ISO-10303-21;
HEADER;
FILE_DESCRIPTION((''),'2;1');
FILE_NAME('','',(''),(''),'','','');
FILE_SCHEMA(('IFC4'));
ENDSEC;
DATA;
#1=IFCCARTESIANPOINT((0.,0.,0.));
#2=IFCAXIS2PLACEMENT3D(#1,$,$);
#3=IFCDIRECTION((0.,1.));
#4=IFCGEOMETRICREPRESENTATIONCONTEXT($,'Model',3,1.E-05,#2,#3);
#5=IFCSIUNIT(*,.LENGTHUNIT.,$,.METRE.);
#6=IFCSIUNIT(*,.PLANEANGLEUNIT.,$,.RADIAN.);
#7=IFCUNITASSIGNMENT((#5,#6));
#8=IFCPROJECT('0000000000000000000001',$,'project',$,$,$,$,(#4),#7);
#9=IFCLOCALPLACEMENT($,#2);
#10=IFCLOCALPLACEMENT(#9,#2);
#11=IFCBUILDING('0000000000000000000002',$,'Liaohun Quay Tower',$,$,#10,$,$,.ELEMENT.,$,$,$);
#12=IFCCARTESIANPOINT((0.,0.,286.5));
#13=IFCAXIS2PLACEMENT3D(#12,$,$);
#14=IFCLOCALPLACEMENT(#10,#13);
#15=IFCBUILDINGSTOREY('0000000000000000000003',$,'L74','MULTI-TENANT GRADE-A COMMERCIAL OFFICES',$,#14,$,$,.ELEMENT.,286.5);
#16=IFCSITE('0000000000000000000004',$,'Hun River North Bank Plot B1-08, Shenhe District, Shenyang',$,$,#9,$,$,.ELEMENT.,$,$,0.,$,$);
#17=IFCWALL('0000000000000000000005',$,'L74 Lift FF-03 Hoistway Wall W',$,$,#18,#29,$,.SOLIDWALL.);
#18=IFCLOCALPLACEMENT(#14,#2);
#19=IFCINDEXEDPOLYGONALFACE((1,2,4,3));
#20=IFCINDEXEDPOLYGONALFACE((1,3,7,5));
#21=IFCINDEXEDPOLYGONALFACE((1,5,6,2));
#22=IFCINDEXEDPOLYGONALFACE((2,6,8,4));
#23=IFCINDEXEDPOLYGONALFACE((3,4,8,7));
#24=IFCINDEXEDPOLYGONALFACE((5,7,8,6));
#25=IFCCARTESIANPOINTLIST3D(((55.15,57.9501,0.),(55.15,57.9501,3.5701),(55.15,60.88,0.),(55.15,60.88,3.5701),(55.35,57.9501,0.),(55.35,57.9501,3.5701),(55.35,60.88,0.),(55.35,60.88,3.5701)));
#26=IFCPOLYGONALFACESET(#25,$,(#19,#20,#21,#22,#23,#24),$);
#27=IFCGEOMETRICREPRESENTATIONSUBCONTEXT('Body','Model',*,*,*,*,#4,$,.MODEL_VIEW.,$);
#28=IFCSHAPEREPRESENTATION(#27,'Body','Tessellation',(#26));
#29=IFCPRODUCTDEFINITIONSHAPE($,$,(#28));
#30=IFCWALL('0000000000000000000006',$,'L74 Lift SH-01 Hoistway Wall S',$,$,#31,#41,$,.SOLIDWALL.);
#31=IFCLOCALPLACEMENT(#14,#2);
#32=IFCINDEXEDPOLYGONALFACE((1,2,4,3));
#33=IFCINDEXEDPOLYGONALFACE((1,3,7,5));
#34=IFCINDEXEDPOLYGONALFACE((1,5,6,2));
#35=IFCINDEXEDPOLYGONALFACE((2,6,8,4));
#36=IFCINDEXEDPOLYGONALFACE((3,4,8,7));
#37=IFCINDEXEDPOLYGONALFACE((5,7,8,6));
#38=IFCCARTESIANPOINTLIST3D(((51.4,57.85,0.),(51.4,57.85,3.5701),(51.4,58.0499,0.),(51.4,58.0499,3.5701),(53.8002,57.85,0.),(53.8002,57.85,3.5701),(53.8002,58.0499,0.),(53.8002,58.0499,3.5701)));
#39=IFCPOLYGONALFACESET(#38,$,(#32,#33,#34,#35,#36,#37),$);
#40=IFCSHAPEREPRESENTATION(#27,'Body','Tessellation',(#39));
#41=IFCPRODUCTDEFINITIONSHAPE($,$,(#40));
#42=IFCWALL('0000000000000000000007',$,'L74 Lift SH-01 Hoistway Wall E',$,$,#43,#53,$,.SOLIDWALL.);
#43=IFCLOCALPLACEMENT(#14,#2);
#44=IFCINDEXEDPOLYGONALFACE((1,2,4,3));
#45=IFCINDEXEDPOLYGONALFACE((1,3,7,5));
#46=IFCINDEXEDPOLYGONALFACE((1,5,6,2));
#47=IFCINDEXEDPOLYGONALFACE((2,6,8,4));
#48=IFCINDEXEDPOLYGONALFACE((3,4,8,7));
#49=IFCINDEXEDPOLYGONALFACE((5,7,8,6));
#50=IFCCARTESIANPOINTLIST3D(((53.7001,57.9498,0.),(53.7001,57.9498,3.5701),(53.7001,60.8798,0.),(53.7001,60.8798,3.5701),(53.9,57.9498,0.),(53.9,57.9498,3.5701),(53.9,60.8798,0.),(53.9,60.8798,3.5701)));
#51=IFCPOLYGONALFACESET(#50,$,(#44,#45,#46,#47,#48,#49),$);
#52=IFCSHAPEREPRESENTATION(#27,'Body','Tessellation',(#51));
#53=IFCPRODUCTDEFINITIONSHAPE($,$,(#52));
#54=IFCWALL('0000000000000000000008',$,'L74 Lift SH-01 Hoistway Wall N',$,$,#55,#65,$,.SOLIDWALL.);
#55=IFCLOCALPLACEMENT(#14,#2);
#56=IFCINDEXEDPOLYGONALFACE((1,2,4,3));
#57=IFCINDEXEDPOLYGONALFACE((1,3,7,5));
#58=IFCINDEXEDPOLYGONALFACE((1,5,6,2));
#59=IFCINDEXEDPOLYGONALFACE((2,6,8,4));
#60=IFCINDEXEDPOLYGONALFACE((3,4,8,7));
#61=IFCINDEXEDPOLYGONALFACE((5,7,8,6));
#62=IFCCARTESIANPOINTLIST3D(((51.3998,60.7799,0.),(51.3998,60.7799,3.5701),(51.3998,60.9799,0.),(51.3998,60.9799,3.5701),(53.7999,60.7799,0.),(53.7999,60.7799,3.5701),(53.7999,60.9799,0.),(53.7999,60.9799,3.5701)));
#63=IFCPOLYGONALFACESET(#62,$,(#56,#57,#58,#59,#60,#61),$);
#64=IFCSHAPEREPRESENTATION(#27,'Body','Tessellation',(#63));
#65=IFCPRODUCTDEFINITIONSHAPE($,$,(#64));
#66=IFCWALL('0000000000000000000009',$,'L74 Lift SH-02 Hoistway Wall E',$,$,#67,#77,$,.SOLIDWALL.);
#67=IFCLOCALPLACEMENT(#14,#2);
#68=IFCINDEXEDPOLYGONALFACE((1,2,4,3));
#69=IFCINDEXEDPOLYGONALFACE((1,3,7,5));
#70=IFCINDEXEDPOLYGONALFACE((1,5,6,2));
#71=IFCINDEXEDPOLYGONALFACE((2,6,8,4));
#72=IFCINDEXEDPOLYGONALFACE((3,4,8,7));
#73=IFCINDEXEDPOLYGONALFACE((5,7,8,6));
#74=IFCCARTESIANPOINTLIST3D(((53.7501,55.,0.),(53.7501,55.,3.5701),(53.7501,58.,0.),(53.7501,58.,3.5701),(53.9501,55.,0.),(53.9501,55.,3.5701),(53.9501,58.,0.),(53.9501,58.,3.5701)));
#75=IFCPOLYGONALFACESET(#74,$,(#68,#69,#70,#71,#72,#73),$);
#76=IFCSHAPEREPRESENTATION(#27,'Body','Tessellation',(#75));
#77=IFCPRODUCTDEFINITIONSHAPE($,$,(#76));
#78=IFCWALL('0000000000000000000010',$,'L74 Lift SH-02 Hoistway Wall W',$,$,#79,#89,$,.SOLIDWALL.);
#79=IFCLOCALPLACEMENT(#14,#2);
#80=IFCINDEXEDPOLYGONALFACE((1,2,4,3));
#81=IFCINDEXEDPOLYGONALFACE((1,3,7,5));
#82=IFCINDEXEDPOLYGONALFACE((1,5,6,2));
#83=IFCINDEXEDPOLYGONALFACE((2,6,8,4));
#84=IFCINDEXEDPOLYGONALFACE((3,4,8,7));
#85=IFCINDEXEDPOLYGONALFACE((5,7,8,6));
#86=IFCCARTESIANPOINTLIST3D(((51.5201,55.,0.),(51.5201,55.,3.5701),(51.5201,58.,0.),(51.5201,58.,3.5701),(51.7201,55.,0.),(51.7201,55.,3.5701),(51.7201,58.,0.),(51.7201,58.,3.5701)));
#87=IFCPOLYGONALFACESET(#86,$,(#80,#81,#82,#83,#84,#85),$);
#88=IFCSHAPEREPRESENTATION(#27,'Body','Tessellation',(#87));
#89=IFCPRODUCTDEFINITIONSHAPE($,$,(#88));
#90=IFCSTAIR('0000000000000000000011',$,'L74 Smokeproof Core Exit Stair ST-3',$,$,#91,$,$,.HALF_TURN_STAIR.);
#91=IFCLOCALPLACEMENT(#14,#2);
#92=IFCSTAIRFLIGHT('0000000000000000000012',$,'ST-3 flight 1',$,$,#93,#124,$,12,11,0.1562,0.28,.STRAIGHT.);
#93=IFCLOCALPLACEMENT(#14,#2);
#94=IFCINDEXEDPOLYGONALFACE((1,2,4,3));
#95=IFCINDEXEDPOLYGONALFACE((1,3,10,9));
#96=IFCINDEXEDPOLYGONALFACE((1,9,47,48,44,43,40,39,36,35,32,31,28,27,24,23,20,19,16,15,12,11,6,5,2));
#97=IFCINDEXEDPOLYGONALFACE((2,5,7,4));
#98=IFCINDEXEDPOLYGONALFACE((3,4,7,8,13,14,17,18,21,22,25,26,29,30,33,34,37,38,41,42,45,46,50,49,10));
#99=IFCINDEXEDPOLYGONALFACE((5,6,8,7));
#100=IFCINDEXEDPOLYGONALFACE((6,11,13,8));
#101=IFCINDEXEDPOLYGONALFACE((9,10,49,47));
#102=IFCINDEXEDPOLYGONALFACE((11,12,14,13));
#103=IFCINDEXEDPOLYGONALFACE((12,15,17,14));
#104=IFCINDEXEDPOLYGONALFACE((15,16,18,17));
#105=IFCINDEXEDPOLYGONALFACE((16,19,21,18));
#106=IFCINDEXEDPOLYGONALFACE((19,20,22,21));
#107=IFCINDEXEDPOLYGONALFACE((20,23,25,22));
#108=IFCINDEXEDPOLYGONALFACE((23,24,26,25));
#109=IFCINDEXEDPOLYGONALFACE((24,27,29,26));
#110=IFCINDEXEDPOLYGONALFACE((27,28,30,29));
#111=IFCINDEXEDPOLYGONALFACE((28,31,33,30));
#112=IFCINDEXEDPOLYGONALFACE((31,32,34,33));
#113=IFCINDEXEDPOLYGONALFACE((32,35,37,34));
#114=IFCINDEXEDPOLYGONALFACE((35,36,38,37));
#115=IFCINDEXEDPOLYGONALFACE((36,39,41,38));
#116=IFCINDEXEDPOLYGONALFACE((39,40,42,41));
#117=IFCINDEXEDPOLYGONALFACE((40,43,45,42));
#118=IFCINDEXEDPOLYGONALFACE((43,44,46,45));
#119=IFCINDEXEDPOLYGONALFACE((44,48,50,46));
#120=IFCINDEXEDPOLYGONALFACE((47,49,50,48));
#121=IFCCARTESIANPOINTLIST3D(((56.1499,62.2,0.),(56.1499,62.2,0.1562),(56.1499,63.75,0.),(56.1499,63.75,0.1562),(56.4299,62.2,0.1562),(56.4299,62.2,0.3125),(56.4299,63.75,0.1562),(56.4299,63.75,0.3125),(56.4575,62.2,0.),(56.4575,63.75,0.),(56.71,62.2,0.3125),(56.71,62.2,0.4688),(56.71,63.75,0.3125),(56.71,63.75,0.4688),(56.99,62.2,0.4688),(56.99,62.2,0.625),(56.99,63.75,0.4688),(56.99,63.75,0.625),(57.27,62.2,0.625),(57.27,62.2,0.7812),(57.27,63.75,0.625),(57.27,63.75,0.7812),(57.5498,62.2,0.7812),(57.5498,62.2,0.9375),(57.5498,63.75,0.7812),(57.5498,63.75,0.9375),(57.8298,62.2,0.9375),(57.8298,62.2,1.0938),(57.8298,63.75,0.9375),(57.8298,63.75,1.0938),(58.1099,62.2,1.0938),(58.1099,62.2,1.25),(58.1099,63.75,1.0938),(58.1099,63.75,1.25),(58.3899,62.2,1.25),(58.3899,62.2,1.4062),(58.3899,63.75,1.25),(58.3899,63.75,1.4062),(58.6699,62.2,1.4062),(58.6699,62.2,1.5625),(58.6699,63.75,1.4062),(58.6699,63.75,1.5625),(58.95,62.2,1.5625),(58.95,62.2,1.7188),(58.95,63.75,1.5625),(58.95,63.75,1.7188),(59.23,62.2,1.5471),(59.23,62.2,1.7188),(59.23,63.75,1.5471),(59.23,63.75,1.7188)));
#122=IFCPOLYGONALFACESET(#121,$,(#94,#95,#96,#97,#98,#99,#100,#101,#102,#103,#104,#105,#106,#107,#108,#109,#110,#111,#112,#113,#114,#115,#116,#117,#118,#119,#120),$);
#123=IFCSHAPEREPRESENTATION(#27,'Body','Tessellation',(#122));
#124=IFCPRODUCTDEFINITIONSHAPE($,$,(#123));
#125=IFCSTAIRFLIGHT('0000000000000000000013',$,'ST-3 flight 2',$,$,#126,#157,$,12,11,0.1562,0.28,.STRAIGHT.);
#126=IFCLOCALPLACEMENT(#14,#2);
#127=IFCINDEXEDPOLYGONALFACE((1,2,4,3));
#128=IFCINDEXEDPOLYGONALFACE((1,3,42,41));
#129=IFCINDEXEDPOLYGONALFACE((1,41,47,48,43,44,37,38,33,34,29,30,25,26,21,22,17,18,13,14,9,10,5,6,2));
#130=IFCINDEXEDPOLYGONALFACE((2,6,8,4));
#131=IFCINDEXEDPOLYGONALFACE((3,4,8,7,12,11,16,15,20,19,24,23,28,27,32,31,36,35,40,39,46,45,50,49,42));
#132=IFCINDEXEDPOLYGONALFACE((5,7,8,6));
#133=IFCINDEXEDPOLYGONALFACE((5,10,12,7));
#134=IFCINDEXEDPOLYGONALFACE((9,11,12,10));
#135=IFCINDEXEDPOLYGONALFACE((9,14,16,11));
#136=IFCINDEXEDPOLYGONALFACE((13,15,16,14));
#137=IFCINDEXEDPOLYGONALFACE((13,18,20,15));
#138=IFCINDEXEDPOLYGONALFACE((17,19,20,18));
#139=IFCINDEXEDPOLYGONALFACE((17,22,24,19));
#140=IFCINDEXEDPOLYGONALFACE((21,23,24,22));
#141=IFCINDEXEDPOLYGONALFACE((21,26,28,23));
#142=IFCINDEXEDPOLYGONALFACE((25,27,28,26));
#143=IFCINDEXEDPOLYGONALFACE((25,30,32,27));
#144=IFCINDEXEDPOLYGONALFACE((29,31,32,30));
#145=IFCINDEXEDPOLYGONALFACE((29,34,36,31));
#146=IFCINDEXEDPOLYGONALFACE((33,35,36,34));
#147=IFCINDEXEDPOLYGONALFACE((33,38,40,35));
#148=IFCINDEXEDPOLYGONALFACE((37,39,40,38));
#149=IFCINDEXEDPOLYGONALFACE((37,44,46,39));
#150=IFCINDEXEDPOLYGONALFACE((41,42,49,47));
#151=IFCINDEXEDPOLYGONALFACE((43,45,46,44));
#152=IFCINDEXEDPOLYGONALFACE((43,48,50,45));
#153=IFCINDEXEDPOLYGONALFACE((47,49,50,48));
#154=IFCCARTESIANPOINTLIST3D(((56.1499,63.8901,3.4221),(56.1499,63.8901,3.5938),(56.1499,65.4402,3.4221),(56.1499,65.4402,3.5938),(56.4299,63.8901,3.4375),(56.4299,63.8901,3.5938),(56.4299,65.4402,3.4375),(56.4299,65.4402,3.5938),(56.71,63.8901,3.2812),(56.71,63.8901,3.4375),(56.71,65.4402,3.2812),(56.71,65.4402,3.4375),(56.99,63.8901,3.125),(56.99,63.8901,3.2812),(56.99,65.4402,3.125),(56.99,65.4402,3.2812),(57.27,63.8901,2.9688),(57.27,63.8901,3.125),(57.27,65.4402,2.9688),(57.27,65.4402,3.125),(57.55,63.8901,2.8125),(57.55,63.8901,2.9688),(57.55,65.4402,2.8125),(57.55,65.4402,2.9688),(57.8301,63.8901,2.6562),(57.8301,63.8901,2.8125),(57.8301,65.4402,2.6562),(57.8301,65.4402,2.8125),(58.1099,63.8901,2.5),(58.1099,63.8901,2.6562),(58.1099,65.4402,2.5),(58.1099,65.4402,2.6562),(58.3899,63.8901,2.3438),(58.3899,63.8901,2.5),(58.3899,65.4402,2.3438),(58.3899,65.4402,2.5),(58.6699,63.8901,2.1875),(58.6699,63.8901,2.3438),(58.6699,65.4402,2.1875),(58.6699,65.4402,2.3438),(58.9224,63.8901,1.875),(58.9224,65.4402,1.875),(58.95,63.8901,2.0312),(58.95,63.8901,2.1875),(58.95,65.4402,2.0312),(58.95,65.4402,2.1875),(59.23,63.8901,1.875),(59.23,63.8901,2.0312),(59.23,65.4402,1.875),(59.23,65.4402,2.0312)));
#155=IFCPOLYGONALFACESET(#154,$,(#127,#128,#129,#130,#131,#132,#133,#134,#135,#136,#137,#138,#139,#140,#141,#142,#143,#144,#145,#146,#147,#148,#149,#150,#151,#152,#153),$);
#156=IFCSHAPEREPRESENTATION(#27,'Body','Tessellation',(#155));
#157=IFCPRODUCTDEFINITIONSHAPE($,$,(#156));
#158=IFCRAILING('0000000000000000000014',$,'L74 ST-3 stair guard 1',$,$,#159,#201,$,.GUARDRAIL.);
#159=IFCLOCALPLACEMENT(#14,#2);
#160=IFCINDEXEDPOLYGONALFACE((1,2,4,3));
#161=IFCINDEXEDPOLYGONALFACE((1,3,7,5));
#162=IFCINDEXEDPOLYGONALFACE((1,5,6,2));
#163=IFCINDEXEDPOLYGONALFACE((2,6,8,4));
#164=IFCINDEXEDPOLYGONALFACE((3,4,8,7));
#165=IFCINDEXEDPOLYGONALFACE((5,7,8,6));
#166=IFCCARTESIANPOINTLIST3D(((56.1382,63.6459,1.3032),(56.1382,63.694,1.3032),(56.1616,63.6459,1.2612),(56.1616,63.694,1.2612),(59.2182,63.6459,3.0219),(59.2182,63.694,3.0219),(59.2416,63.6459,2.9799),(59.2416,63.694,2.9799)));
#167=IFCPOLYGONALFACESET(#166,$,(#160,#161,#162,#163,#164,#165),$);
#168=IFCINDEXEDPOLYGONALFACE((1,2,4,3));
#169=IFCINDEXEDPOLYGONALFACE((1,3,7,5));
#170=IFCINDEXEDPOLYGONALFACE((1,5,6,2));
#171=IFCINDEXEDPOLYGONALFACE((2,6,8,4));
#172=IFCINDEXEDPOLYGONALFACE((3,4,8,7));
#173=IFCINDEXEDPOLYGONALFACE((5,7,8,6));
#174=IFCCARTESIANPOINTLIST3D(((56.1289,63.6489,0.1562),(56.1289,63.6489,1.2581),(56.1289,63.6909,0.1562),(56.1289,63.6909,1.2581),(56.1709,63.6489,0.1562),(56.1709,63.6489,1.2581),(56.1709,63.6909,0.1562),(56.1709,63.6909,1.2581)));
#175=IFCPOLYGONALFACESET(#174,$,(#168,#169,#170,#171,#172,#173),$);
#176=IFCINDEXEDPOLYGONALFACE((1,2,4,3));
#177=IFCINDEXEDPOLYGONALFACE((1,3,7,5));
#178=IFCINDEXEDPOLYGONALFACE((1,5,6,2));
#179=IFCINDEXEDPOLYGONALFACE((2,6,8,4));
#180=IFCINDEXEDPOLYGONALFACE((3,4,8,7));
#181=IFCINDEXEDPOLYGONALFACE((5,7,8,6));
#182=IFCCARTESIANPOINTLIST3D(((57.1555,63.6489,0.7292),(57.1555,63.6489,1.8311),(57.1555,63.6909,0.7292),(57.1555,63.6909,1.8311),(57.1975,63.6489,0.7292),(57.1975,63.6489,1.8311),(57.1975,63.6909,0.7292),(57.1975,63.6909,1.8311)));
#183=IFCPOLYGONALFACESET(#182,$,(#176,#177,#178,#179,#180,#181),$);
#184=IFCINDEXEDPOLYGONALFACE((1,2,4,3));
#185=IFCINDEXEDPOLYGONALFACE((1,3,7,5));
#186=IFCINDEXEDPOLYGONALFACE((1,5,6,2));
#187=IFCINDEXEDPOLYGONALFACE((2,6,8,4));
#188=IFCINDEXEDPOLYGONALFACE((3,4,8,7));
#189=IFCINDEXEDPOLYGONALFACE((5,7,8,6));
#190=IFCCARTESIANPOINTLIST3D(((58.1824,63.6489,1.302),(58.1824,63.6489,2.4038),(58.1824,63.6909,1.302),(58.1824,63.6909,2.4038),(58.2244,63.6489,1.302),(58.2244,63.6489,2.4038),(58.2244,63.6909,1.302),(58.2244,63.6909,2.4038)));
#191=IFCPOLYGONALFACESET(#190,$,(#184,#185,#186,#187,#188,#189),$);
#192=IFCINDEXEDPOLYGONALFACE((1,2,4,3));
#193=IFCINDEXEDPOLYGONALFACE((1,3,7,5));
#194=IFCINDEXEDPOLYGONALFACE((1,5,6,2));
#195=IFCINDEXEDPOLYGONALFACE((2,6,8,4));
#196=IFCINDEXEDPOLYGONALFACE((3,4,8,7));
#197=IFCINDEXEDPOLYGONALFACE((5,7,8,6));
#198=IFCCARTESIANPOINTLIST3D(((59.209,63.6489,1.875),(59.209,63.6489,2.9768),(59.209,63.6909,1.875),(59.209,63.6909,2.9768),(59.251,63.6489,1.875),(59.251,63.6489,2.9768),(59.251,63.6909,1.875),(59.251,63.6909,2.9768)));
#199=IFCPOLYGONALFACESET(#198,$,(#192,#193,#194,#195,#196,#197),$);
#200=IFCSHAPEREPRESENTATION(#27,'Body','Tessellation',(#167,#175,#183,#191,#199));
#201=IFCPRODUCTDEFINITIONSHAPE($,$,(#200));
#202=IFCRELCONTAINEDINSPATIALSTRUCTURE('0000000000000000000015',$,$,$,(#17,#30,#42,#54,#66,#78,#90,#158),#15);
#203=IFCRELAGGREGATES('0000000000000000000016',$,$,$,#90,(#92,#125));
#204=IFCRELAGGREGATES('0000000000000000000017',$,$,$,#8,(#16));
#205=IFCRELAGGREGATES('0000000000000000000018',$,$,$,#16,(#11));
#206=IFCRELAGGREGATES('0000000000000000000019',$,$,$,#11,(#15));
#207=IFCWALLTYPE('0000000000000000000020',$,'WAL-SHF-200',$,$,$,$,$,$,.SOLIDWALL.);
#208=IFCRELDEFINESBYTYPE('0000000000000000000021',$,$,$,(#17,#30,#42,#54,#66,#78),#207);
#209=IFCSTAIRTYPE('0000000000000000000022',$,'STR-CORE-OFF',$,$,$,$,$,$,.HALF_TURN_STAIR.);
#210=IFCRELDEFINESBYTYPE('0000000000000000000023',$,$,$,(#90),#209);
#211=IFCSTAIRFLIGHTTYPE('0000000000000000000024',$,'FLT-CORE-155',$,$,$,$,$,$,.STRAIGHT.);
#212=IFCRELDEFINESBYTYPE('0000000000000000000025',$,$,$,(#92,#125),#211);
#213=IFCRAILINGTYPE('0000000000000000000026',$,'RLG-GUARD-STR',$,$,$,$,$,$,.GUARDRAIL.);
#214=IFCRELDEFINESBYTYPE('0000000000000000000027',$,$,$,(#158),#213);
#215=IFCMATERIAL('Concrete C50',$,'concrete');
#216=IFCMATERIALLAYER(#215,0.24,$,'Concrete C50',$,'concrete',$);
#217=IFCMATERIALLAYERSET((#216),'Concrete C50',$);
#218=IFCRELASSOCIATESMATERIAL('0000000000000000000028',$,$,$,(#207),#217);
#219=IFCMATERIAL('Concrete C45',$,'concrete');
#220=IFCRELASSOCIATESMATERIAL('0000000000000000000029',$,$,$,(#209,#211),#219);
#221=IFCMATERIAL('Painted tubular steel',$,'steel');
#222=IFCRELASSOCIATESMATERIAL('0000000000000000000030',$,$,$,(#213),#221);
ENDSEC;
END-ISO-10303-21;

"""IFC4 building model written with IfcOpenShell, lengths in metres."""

from ifc_helpers import new_model, si_unit, direction, frame, frame_2d, origin, origin_2d, place, context, subcontext, project, spatial, polyline, rectangle, outline, extrude, material, layer, layer_set, type_object, element, aggregate, save


model = new_model("IFC4")

# Units and contexts
model_context = context("Model", 3, precision=1e-05, world=origin(), true_north=direction((0.0, 1.0)))
body_context = subcontext(model_context, "Body", "Model", "MODEL_VIEW")
ifc_project = project(units=[si_unit("LENGTHUNIT", "METRE"), si_unit("PLANEANGLEUNIT", "RADIAN")], contexts=[model_context])

# Site, building, storey
site_placement = place(None, origin())
site = spatial("IfcSite", under=ifc_project, at=site_placement, Name="Hun River North Bank Plot B1-08, Shenhe District, Shenyang", CompositionType="ELEMENT", RefElevation=0.0)
building_placement = place(site_placement, origin())
building = spatial("IfcBuilding", under=site, at=building_placement, Name="Liaohun Quay Tower", CompositionType="ELEMENT")
storey_placement = place(building_placement, frame((0.0, 0.0, 286.5)))
storey = spatial("IfcBuildingStorey", under=building, at=storey_placement, Name="L74", Description="MULTI-TENANT GRADE-A COMMERCIAL OFFICES", CompositionType="ELEMENT", Elevation=286.5)

# Shared definitions
ifc_material_1 = material(Name="Concrete C50", Category="concrete")

# Shared definitions
ifc_layer_1 = layer(ifc_material_1, 0.24, Name="Concrete C50", Category="concrete")
ifc_layer_set_1 = layer_set([ifc_layer_1], Name="Concrete C50")
wall_type_1 = type_object("IfcWallType", Name="WAL-SHF-200", PredefinedType="SOLIDWALL", material=ifc_layer_set_1)

# Walls
wall_1_placement = place(storey_placement, frame((55.25, 60.8799, 0.0), z_axis=(0.0, 0.0, 1.0), x_axis=(0.0, -1.0, 0.0)))
element("IfcWall", 1, at=wall_1_placement, inside=storey, type_object=wall_type_1, Name="L74 Lift FF-03 Hoistway Wall W", PredefinedType="SOLIDWALL", context=body_context, shape_type="SweptSolid", body=[
    extrude(rectangle(XDim=2.9299, YDim=0.2, at=frame_2d((1.4648, 0.0))), origin(), (0.0, 0.0, 1.0), 3.5701),
])
wall_2_placement = place(storey_placement, frame((51.3999, 57.95, 0.0), z_axis=(0.0, 0.0, 1.0), x_axis=(1.0, 0.0, 0.0)))
element("IfcWall", 2, at=wall_2_placement, inside=storey, type_object=wall_type_1, Name="L74 Lift SH-01 Hoistway Wall S", PredefinedType="SOLIDWALL", context=body_context, shape_type="SweptSolid", body=[
    extrude(rectangle(XDim=2.4001, YDim=0.2, at=frame_2d((1.2002, 0.0))), origin(), (0.0, 0.0, 1.0), 3.5701),
])
wall_3_placement = place(storey_placement, frame((53.8, 57.95, 0.0), z_axis=(0.0, 0.0, 1.0), x_axis=(0.0, 1.0, 0.0)))
element("IfcWall", 3, at=wall_3_placement, inside=storey, type_object=wall_type_1, Name="L74 Lift SH-01 Hoistway Wall E", PredefinedType="SOLIDWALL", context=body_context, shape_type="SweptSolid", body=[
    extrude(rectangle(XDim=2.9299, YDim=0.2, at=frame_2d((1.4648, 0.0))), origin(), (0.0, 0.0, 1.0), 3.5701),
])
wall_4_placement = place(storey_placement, frame((53.8, 60.8799, 0.0), z_axis=(0.0, 0.0, 1.0), x_axis=(-1.0, 0.0, 0.0)))
element("IfcWall", 4, at=wall_4_placement, inside=storey, type_object=wall_type_1, Name="L74 Lift SH-01 Hoistway Wall N", PredefinedType="SOLIDWALL", context=body_context, shape_type="SweptSolid", body=[
    extrude(rectangle(XDim=2.4001, YDim=0.2, at=frame_2d((1.2002, 0.0))), origin(), (0.0, 0.0, 1.0), 3.5701),
])
for number, where, z_axis, x_axis, name in (
    (5, (53.8501, 55.0, 0.0), (0.0, 0.0, 1.0), (0.0, 1.0, 0.0), "L74 Lift SH-02 Hoistway Wall E"),
    (6, (51.6201, 58.0, 0.0), (0.0, 0.0, 1.0), (0.0, -1.0, 0.0), "L74 Lift SH-02 Hoistway Wall W"),
):
    element("IfcWall", number, at=place(storey_placement, frame(where, z_axis=z_axis, x_axis=x_axis)), inside=storey, type_object=wall_type_1, Name=name, PredefinedType="SOLIDWALL", context=body_context, shape_type="SweptSolid", body=[
        extrude(rectangle(XDim=3.0, YDim=0.2, at=frame_2d((1.5, 0.0))), origin(), (0.0, 0.0, 1.0), 3.5701),
    ])

# Stair, stair flights
ifc_material_2 = material(Name="Concrete C45", Category="concrete")
stair_type = type_object("IfcStairType", Name="STR-CORE-OFF", PredefinedType="HALF_TURN_STAIR", material=ifc_material_2)
stair_placement = place(storey_placement, origin())
stair = element("IfcStair", 7, at=stair_placement, inside=storey, type_object=stair_type, Name="L74 Smokeproof Core Exit Stair ST-3", PredefinedType="HALF_TURN_STAIR")
stair_flight_type = type_object("IfcStairFlightType", Name="FLT-CORE-155", PredefinedType="STRAIGHT", material=ifc_material_2)
stair_flight_1_placement = place(storey_placement, frame((56.1499, 62.9751, 0.0), z_axis=(0.0, 0.0, 1.0), x_axis=(1.0, 0.0, 0.0)))
stair_flight_1 = element("IfcStairFlight", 8, at=stair_flight_1_placement, type_object=stair_flight_type, Name="ST-3 flight 1", NumberOfRisers=12, NumberOfTreads=11, PredefinedType="STRAIGHT", RiserHeight=0.1562, TreadLength=0.28, context=body_context, shape_type="SweptSolid", body=[
    extrude(outline(polyline([(0.0, 0.0), (0.0, 0.1562), (0.28, 0.1562), (0.28, 0.3125), (0.5601, 0.3125), (0.5601, 0.4688), (0.8401, 0.4688), (0.8401, 0.625), (1.1201, 0.625), (1.1201, 0.7812), (1.3999, 0.7812), (1.3999, 0.9375), (1.6799, 0.9375), (1.6799, 1.0938), (1.96, 1.0938), (1.96, 1.25), (2.24, 1.25), (2.24, 1.4062), (2.52, 1.4062), (2.52, 1.5625), (2.8, 1.5625), (2.8, 1.7188), (3.0801, 1.7188), (3.0801, 1.875), (3.0801, 1.5471), (0.3076, 0.0), (0.0, 0.0)])), frame((0.0, 0.7749, 0.0), z_axis=(0.0, -1.0, 0.0), x_axis=(1.0, 0.0, 0.0)), (0.0, 0.0, 1.0), 1.55),
])
stair_flight_2_placement = place(storey_placement, frame((59.23, 64.665, 1.875), z_axis=(0.0, 0.0, 1.0), x_axis=(-1.0, 0.0, 0.0)))
stair_flight_2 = element("IfcStairFlight", 9, at=stair_flight_2_placement, type_object=stair_flight_type, Name="ST-3 flight 2", NumberOfRisers=12, NumberOfTreads=11, PredefinedType="STRAIGHT", RiserHeight=0.1562, TreadLength=0.28, context=body_context, shape_type="SweptSolid", body=[
    extrude(outline(polyline([(0.0, 0.0), (0.0, 0.1562), (0.28, 0.1562), (0.28, 0.3125), (0.5601, 0.3125), (0.5601, 0.4688), (0.8401, 0.4688), (0.8401, 0.625), (1.1201, 0.625), (1.1201, 0.7812), (1.3999, 0.7812), (1.3999, 0.9375), (1.6799, 0.9375), (1.6799, 1.0938), (1.96, 1.0938), (1.96, 1.25), (2.24, 1.25), (2.24, 1.4062), (2.52, 1.4062), (2.52, 1.5625), (2.8, 1.5625), (2.8, 1.7188), (3.0801, 1.7188), (3.0801, 1.875), (3.0801, 1.5471), (0.3076, 0.0), (0.0, 0.0)])), frame((0.0, 0.7749, 0.0), z_axis=(0.0, -1.0, 0.0), x_axis=(1.0, 0.0, 0.0)), (0.0, 0.0, 1.0), 1.55),
])
aggregate(stair, [stair_flight_1, stair_flight_2])

# Railing
ifc_material_3 = material(Name="Painted tubular steel", Category="steel")
railing_type_1 = type_object("IfcRailingType", Name="RLG-GUARD-STR", PredefinedType="GUARDRAIL", material=ifc_material_3)
railing_1_placement = place(storey_placement, frame((56.1499, 63.6699, 0.1562)))
element("IfcRailing", 10, at=railing_1_placement, inside=storey, type_object=railing_type_1, Name="L74 ST-3 stair guard 1", PredefinedType="GUARDRAIL", context=body_context, shape_type="SweptSolid", body=[
    extrude(rectangle(XDim=0.0481, YDim=0.0481, at=origin_2d()), frame((0.0, 0.0, 1.126), z_axis=(0.873242, 0.0, 0.487288), x_axis=(0.0, 1.0, 0.0)), (0.0, 0.0, 1.0), 3.5271),
    extrude(rectangle(XDim=0.042, YDim=0.042, at=origin_2d()), origin(), (0.0, 0.0, 1.0), 1.1018),
    extrude(rectangle(XDim=0.042, YDim=0.042, at=origin_2d()), frame((1.0266, 0.0, 0.573)), (0.0, 0.0, 1.0), 1.1018),
    extrude(rectangle(XDim=0.042, YDim=0.042, at=origin_2d()), frame((2.0535, 0.0, 1.1458)), (0.0, 0.0, 1.0), 1.1018),
    extrude(rectangle(XDim=0.042, YDim=0.042, at=origin_2d()), frame((3.0801, 0.0, 1.7188)), (0.0, 0.0, 1.0), 1.1018),
])

save(model, "model.ifc")
